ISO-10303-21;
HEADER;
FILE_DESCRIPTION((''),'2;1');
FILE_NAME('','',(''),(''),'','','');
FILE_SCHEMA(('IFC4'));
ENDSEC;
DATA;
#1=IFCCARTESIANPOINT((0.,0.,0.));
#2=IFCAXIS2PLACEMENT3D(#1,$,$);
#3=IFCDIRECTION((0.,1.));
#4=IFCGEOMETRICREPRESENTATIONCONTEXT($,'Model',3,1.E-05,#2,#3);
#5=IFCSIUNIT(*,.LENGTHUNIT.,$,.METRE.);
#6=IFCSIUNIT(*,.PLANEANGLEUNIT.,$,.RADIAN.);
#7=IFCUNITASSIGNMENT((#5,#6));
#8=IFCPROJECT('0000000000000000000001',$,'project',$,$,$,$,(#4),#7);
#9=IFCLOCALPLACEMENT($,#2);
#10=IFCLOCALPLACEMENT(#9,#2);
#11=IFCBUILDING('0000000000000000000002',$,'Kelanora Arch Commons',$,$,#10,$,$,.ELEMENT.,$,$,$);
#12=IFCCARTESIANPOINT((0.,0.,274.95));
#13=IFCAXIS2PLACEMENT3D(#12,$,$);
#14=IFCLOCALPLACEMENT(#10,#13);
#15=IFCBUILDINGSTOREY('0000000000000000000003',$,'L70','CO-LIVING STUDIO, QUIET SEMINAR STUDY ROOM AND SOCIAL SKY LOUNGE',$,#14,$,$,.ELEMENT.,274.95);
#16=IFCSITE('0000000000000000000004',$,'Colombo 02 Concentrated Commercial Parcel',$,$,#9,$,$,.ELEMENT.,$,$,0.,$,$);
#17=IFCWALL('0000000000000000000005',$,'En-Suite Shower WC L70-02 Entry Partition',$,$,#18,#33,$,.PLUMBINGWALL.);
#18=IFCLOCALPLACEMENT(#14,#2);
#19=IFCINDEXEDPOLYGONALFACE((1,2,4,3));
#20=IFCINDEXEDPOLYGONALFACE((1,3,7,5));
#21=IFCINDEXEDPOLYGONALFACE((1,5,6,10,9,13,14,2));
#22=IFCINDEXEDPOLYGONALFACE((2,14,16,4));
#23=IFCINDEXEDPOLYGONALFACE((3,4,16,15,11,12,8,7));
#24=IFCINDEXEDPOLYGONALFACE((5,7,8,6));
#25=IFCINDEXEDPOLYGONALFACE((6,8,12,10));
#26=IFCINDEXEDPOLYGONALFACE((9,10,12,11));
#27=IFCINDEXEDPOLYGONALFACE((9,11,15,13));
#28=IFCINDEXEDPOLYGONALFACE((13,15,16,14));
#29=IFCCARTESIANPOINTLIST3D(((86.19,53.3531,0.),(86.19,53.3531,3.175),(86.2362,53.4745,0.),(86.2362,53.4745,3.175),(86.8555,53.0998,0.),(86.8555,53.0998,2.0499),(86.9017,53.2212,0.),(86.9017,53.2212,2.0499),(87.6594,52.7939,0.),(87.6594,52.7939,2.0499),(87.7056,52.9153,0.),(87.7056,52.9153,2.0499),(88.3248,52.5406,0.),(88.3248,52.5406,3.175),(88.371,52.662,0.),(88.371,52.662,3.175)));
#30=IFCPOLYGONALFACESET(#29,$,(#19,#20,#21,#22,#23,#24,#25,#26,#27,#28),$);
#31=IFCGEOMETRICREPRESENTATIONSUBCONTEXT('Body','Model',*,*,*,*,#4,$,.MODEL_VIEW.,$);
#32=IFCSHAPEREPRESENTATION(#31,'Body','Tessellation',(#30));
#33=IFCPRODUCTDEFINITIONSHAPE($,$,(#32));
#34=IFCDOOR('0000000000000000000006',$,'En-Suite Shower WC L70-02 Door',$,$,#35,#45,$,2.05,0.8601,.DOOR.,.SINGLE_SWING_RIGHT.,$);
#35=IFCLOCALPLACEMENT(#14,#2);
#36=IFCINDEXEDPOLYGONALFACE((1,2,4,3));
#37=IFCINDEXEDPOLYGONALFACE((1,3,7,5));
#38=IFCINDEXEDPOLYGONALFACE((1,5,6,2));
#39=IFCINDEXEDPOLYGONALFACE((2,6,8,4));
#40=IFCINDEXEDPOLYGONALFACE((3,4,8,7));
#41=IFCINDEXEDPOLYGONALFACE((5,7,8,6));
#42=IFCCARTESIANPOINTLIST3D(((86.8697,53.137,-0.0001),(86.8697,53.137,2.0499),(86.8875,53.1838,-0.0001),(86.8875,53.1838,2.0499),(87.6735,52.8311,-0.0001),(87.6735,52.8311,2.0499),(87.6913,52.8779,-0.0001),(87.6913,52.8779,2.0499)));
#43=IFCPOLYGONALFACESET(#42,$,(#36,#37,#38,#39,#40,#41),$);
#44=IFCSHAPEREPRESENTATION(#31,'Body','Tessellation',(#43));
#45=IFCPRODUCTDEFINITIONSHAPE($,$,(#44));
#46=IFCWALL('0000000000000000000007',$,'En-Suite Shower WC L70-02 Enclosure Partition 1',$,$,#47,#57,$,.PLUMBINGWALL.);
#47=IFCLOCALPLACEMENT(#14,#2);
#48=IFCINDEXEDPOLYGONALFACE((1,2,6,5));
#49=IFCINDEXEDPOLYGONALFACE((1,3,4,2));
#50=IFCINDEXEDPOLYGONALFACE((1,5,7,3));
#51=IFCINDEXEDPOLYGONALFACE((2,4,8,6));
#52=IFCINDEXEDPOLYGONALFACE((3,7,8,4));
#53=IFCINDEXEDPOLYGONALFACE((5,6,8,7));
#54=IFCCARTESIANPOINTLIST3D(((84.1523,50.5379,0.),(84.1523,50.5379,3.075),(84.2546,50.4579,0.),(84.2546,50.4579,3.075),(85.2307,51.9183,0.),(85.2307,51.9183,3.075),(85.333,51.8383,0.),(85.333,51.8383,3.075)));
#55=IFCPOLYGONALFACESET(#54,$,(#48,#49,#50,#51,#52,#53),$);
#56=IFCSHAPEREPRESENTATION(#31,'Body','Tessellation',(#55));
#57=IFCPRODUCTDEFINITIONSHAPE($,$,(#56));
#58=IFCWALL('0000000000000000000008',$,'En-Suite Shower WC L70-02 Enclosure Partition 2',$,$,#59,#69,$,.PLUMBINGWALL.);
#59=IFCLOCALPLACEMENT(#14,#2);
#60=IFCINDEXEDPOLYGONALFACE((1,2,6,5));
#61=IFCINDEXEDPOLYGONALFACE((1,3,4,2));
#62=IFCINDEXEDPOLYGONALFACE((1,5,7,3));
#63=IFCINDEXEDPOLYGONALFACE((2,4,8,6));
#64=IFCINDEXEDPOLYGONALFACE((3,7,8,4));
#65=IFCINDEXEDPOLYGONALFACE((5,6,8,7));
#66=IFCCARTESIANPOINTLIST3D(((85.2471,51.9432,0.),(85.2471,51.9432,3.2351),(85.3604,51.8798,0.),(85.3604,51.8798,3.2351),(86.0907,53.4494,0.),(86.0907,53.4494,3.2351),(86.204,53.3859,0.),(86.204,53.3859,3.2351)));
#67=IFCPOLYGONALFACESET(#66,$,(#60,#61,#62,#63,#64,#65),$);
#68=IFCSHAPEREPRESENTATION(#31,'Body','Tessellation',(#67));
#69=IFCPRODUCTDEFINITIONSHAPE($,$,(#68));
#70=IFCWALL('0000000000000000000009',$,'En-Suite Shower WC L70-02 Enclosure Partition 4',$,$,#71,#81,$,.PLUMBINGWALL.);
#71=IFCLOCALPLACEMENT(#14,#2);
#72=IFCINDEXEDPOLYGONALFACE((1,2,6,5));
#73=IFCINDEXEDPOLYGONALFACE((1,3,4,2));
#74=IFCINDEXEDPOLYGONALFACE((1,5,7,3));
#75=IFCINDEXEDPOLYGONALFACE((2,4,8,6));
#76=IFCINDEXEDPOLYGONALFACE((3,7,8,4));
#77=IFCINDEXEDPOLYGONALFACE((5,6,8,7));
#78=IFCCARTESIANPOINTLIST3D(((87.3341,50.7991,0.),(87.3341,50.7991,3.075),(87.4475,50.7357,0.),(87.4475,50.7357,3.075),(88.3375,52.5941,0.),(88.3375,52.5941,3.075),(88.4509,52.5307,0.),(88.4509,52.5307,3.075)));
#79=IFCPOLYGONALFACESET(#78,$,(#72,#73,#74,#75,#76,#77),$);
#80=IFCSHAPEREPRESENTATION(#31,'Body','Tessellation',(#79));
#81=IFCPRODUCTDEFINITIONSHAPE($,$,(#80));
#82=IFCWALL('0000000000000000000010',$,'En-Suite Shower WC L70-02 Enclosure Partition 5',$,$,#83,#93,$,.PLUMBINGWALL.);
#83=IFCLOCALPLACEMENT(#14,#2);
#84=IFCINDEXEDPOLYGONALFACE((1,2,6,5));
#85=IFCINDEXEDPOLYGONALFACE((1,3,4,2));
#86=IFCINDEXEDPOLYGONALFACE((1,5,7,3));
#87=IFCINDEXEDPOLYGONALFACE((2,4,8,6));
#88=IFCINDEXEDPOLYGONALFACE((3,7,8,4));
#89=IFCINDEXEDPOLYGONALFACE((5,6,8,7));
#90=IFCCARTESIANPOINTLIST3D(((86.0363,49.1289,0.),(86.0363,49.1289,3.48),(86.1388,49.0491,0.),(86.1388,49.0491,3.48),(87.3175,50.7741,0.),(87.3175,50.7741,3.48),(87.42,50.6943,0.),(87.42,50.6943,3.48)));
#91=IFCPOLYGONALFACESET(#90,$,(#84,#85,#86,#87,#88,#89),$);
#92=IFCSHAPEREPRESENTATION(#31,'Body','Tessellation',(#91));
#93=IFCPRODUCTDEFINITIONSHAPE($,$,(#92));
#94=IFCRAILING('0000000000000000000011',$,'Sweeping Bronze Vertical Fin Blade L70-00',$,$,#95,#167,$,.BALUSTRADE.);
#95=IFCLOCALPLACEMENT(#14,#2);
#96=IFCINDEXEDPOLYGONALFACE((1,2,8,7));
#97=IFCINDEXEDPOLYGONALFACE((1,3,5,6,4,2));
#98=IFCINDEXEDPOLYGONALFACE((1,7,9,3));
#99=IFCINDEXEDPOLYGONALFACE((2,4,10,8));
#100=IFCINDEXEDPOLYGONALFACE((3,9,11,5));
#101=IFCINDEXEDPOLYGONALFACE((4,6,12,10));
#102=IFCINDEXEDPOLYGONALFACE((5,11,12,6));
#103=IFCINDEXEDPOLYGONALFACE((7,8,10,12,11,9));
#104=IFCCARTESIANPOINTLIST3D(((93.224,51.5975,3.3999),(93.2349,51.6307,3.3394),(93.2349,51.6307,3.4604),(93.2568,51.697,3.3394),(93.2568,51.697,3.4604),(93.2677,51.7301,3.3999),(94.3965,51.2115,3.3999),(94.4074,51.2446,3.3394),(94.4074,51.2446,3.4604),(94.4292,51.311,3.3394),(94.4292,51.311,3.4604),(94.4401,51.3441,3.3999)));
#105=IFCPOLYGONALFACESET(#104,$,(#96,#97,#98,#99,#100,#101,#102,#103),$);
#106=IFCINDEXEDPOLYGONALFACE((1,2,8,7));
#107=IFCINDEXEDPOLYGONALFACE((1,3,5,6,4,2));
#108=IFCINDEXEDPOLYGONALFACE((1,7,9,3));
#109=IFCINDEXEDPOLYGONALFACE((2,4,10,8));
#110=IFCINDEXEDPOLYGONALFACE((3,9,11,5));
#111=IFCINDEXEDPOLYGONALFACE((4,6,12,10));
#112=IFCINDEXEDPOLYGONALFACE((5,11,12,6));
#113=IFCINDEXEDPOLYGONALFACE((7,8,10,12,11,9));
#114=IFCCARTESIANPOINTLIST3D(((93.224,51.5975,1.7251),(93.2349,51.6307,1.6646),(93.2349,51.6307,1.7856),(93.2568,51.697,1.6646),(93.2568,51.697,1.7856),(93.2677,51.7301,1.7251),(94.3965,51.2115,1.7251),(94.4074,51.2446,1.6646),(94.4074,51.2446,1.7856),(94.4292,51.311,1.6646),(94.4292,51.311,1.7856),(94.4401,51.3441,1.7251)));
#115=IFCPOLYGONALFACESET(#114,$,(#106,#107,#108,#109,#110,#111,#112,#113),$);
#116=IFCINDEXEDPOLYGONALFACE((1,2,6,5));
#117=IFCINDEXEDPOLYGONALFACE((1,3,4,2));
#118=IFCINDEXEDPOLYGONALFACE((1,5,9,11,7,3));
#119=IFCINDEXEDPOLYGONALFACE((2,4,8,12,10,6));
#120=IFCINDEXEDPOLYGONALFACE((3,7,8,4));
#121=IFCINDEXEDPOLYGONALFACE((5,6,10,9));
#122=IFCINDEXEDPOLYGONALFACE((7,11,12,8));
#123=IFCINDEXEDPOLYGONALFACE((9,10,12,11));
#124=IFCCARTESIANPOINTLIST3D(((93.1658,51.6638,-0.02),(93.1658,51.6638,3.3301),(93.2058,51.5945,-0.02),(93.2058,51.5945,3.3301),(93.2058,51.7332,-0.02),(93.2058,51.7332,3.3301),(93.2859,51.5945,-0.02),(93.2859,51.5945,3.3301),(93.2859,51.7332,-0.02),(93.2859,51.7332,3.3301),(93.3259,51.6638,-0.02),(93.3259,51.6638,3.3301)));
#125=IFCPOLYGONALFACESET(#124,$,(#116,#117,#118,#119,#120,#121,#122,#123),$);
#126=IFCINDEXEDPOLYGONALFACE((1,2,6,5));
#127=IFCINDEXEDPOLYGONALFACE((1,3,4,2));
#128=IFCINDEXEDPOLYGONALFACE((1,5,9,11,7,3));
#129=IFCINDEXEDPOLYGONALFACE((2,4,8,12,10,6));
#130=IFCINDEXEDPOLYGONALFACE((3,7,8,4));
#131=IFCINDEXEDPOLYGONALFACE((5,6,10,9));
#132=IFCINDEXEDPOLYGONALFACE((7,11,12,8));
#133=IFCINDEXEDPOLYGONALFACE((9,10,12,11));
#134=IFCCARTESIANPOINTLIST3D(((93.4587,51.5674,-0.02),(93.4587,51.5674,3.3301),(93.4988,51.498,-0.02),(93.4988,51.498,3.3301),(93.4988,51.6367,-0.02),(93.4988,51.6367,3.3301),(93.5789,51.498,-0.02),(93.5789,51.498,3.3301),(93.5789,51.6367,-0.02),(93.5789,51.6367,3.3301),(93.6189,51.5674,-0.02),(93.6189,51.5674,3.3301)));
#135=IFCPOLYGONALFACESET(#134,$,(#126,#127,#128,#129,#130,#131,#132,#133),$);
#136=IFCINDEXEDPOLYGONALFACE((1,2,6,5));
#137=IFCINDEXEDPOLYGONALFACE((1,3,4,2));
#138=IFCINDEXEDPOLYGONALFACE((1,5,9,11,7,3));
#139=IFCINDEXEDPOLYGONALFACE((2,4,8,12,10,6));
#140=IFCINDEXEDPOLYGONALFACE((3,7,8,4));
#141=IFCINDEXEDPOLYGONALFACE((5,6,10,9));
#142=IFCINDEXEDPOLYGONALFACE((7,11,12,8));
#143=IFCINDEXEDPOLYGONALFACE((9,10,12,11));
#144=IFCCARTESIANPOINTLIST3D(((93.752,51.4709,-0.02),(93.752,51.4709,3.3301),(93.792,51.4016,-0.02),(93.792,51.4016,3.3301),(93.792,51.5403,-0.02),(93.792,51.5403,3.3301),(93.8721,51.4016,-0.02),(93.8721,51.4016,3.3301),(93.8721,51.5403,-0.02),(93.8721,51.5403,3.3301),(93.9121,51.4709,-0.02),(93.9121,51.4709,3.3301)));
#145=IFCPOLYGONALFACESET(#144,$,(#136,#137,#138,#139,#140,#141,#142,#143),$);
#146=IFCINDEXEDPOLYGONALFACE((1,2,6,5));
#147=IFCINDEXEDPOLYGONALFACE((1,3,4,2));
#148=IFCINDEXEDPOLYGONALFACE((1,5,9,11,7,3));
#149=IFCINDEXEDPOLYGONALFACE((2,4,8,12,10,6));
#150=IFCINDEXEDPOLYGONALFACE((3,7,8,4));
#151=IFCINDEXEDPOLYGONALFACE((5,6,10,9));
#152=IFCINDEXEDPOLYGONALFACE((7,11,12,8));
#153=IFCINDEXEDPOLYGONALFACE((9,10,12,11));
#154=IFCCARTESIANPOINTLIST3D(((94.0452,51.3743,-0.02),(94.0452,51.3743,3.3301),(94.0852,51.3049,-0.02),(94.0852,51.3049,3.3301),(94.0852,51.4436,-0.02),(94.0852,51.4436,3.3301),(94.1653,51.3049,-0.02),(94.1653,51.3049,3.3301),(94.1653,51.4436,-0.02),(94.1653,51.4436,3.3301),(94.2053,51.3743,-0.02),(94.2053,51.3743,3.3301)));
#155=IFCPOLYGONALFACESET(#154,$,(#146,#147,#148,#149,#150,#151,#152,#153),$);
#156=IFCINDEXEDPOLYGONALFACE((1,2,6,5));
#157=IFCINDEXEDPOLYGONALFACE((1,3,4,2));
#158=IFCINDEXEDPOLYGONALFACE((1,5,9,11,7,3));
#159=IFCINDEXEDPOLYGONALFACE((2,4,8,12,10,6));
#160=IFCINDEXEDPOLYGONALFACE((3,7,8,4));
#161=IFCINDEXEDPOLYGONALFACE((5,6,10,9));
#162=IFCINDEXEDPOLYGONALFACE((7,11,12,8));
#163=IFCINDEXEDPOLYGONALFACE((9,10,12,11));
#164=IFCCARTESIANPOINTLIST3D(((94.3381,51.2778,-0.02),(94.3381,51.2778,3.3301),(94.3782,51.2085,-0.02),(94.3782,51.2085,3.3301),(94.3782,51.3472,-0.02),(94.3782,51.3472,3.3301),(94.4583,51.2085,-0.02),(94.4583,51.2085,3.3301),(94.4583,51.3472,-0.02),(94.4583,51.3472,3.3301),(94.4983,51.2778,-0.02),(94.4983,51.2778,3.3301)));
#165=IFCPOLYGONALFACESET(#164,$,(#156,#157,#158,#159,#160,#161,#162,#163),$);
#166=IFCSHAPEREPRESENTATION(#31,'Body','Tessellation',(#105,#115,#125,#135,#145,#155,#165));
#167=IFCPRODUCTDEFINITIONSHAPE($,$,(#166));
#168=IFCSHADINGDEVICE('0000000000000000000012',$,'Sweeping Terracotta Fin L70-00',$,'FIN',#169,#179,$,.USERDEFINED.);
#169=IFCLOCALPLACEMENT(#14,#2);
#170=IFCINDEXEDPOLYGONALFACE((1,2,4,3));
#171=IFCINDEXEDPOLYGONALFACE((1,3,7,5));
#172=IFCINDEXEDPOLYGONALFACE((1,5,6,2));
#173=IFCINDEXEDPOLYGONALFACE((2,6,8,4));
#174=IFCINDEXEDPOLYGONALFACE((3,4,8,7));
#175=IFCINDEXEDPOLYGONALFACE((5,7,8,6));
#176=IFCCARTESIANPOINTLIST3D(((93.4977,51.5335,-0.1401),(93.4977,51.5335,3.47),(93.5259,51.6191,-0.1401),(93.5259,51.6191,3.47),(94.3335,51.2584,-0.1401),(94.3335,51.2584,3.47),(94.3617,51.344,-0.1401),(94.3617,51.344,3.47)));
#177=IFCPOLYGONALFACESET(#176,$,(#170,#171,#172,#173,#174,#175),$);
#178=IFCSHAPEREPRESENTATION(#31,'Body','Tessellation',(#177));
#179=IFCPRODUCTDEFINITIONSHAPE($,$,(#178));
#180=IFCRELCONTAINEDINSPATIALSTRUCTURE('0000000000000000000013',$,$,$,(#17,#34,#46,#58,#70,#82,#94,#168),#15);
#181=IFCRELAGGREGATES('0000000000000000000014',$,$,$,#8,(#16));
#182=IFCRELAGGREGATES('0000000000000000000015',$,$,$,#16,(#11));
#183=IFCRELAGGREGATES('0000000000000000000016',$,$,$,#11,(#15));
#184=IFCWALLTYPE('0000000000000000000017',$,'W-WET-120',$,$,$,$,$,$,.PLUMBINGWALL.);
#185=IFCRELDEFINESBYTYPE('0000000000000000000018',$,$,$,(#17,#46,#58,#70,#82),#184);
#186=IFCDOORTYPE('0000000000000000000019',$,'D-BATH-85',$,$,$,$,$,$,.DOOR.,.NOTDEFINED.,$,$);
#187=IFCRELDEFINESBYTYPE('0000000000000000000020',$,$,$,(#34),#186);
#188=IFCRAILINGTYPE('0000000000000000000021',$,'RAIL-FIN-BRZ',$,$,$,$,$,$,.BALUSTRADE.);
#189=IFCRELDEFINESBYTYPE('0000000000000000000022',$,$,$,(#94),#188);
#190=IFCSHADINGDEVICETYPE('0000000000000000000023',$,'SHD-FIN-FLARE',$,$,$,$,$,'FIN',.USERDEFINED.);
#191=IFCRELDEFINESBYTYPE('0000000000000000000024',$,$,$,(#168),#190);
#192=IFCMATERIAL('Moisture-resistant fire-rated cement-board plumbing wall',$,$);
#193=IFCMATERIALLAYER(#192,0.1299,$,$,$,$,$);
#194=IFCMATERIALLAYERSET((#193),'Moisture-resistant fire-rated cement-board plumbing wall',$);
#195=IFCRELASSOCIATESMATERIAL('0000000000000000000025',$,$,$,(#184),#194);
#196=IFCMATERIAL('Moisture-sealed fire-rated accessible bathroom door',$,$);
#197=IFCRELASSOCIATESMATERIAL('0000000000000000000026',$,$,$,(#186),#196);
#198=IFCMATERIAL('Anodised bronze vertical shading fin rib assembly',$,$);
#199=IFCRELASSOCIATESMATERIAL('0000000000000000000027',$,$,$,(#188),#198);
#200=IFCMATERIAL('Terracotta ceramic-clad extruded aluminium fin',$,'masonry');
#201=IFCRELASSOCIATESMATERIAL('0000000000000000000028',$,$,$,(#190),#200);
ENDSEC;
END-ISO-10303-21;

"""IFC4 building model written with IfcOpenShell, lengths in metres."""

from ifc_helpers import new_model, si_unit, direction, frame, frame_2d, origin, origin_2d, place, context, subcontext, project, spatial, polyline, rectangle, outline, extrude, source, transform, mapped, material, layer, layer_set, type_object, element, fill, save


model = new_model("IFC4")

# Units and contexts
model_context = context("Model", 3, precision=1e-05, world=origin(), true_north=direction((0.0, 1.0)))
body_context = subcontext(model_context, "Body", "Model", "MODEL_VIEW")
ifc_project = project(units=[si_unit("LENGTHUNIT", "METRE"), si_unit("PLANEANGLEUNIT", "RADIAN")], contexts=[model_context])

# Site, building, storey
site_placement = place(None, origin())
site = spatial("IfcSite", under=ifc_project, at=site_placement, Name="Colombo 02 Concentrated Commercial Parcel", CompositionType="ELEMENT", RefElevation=0.0)
building_placement = place(site_placement, origin())
building = spatial("IfcBuilding", under=site, at=building_placement, Name="Kelanora Arch Commons", CompositionType="ELEMENT")
storey_placement = place(building_placement, frame((0.0, 0.0, 274.95)))
storey = spatial("IfcBuildingStorey", under=building, at=storey_placement, Name="L70", Description="CO-LIVING STUDIO, QUIET SEMINAR STUDY ROOM AND SOCIAL SKY LOUNGE", CompositionType="ELEMENT", Elevation=274.95)

# Wall, opening, door
ifc_material_1 = material(Name="Moisture-resistant fire-rated cement-board plumbing wall")
ifc_layer_1 = layer(ifc_material_1, 0.1299)
ifc_layer_set_1 = layer_set([ifc_layer_1], Name="Moisture-resistant fire-rated cement-board plumbing wall")
wall_type_1 = type_object("IfcWallType", Name="W-WET-120", PredefinedType="PLUMBINGWALL", material=ifc_layer_set_1)
wall_1_placement = place(storey_placement, frame((86.2131, 53.4138, 0.0), z_axis=(0.0, 0.0, 1.0), x_axis=(0.934596, -0.355711, 0.0)))
wall_1 = element("IfcWall", 1, at=wall_1_placement, inside=storey, type_object=wall_type_1, Name="En-Suite Shower WC L70-02 Entry Partition", PredefinedType="PLUMBINGWALL", context=body_context, shape_type="SweptSolid", body=[
    extrude(rectangle(XDim=2.2842, YDim=0.1299, at=frame_2d((1.1421, 0.0))), origin(), (0.0, 0.0, 1.0), 3.175),
])
opening_1_placement = place(wall_1_placement, frame((0.7119, 0.0, 0.0)))
opening_1 = element("IfcOpeningElement", 2, at=opening_1_placement, cuts=wall_1, PredefinedType="OPENING", context=body_context, shape_type="SweptSolid", body=[
    extrude(rectangle(XDim=0.8601, YDim=2.05, at=frame_2d((0.4302, 1.0249))), frame((0.0, 0.075, 0.0), z_axis=(0.0, -1.0, 0.0), x_axis=(1.0, 0.0, 0.0)), (0.0, 0.0, 1.0), 0.1499),
])
ifc_material_2 = material(Name="Moisture-sealed fire-rated accessible bathroom door")
door_type_1 = type_object("IfcDoorType", Name="D-BATH-85", OperationType="NOTDEFINED", PredefinedType="DOOR", material=ifc_material_2)
door_1_placement = place(opening_1_placement, origin())
door_1 = element("IfcDoor", 3, at=door_1_placement, inside=storey, type_object=door_type_1, Name="En-Suite Shower WC L70-02 Door", OperationType="SINGLE_SWING_RIGHT", OverallHeight=2.05, OverallWidth=0.8601, PredefinedType="DOOR", context=body_context, shape_type="SweptSolid", body=[
    extrude(rectangle(XDim=0.8601, YDim=2.05, at=frame_2d((0.4302, 1.0249))), frame((0.0, 0.0249, 0.0), z_axis=(0.0, -1.0, 0.0), x_axis=(1.0, 0.0, 0.0)), (0.0, 0.0, 1.0), 0.05),
])
fill(opening_1, door_1)

# Walls
wall_2_placement = place(storey_placement, frame((84.2034, 50.4978, 0.0), z_axis=(0.0, 0.0, 1.0), x_axis=(0.615628, 0.788037, 0.0)))
element("IfcWall", 4, at=wall_2_placement, inside=storey, type_object=wall_type_1, Name="En-Suite Shower WC L70-02 Enclosure Partition 1", PredefinedType="PLUMBINGWALL", context=body_context, shape_type="SweptSolid", body=[
    extrude(rectangle(XDim=1.7517, YDim=0.1299, at=frame_2d((0.876, 0.0))), origin(), (0.0, 0.0, 1.0), 3.075),
])
wall_3_placement = place(storey_placement, frame((85.3037, 51.9114, 0.0), z_axis=(0.0, 0.0, 1.0), x_axis=(0.488642, 0.872484, 0.0)))
element("IfcWall", 5, at=wall_3_placement, inside=storey, type_object=wall_type_1, Name="En-Suite Shower WC L70-02 Enclosure Partition 2", PredefinedType="PLUMBINGWALL", context=body_context, shape_type="SweptSolid", body=[
    extrude(rectangle(XDim=1.7263, YDim=0.1299, at=frame_2d((0.8633, 0.0))), origin(), (0.0, 0.0, 1.0), 3.2351),
])
wall_4_placement = place(storey_placement, frame((88.3943, 52.5625, 0.0), z_axis=(0.0, 0.0, 1.0), x_axis=(-0.48796, -0.872866, 0.0)))
element("IfcWall", 6, at=wall_4_placement, inside=storey, type_object=wall_type_1, Name="En-Suite Shower WC L70-02 Enclosure Partition 4", PredefinedType="PLUMBINGWALL", context=body_context, shape_type="SweptSolid", body=[
    extrude(rectangle(XDim=2.0564, YDim=0.1299, at=frame_2d((1.0283, 0.0))), origin(), (0.0, 0.0, 1.0), 3.075),
])
wall_5_placement = place(storey_placement, frame((87.3687, 50.7341, 0.0), z_axis=(0.0, 0.0, 1.0), x_axis=(-0.614419, -0.78898, 0.0)))
element("IfcWall", 7, at=wall_5_placement, inside=storey, type_object=wall_type_1, Name="En-Suite Shower WC L70-02 Enclosure Partition 5", PredefinedType="PLUMBINGWALL", context=body_context, shape_type="SweptSolid", body=[
    extrude(rectangle(XDim=2.0852, YDim=0.1299, at=frame_2d((1.0425, 0.0))), origin(), (0.0, 0.0, 1.0), 3.48),
])

# Railing
ifc_material_3 = material(Name="Anodised bronze vertical shading fin rib assembly")
railing_type = type_object("IfcRailingType", Name="RAIL-FIN-BRZ", PredefinedType="BALUSTRADE", material=ifc_material_3)
railing_placement = place(storey_placement, frame((93.2458, 51.6638, -0.02)))
element("IfcRailing", 8, at=railing_placement, inside=storey, type_object=railing_type, Name="Sweeping Bronze Vertical Fin Blade L70-00", PredefinedType="BALUSTRADE", context=body_context, shape_type="SweptSolid", body=[
    extrude(outline(polyline([(0.0698, 0.0), (0.0349, 0.0605), (-0.0349, 0.0605), (-0.0698, 0.0), (-0.0349, -0.0605), (0.0349, -0.0605), (0.0698, 0.0)])), frame((0.0, 0.0, 3.4199), z_axis=(0.949844, -0.312725, 0.0), x_axis=(0.312725, 0.949844, 0.0)), (0.0, 0.0, 1.0), 1.2344),
    extrude(outline(polyline([(0.0698, 0.0), (0.0349, 0.0605), (-0.0349, 0.0605), (-0.0698, 0.0), (-0.0349, -0.0605), (0.0349, -0.0605), (0.0698, 0.0)])), frame((0.0, 0.0, 1.7451), z_axis=(0.949844, -0.312725, 0.0), x_axis=(0.312725, 0.949844, 0.0)), (0.0, 0.0, 1.0), 1.2344),
    extrude(outline(polyline([(0.0801, 0.0), (0.04, 0.0693), (-0.04, 0.0693), (-0.0801, 0.0), (-0.04, -0.0693), (0.04, -0.0693), (0.0801, 0.0)])), origin(), (0.0, 0.0, 1.0), 3.3501),
    extrude(outline(polyline([(0.0801, 0.0), (0.04, 0.0693), (-0.04, 0.0693), (-0.0801, 0.0), (-0.04, -0.0693), (0.04, -0.0693), (0.0801, 0.0)])), frame((0.293, -0.0964, 0.0)), (0.0, 0.0, 1.0), 3.3501),
    extrude(outline(polyline([(0.0801, 0.0), (0.04, 0.0693), (-0.04, 0.0693), (-0.0801, 0.0), (-0.04, -0.0693), (0.04, -0.0693), (0.0801, 0.0)])), frame((0.5862, -0.1929, 0.0)), (0.0, 0.0, 1.0), 3.3501),
    extrude(outline(polyline([(0.0801, 0.0), (0.04, 0.0693), (-0.04, 0.0693), (-0.0801, 0.0), (-0.04, -0.0693), (0.04, -0.0693), (0.0801, 0.0)])), frame((0.8794, -0.2896, 0.0)), (0.0, 0.0, 1.0), 3.3501),
    extrude(outline(polyline([(0.0801, 0.0), (0.04, 0.0693), (-0.04, 0.0693), (-0.0801, 0.0), (-0.04, -0.0693), (0.04, -0.0693), (0.0801, 0.0)])), frame((1.1724, -0.386, 0.0)), (0.0, 0.0, 1.0), 3.3501),
])

# Shading device
ifc_material_4 = material(Name="Terracotta ceramic-clad extruded aluminium fin", Category="masonry")
shading_device_type = type_object("IfcShadingDeviceType", Name="SHD-FIN-FLARE", ElementType="FIN", PredefinedType="USERDEFINED", material=ifc_material_4)
shared_shape_1 = source(origin(), body_context, "Body", "SweptSolid", [
    extrude(rectangle(XDim=0.8799, YDim=0.0901, at=origin_2d()), origin(), (0.0, 0.0, 1.0), 3.6101),
])
shading_device_placement = place(storey_placement, frame((93.9297, 51.4387, -0.1401), z_axis=(0.0, 0.0, 1.0), x_axis=(0.949863, -0.312667, 0.0)))
element("IfcShadingDevice", 9, at=shading_device_placement, inside=storey, type_object=shading_device_type, Name="Sweeping Terracotta Fin L70-00", ObjectType="FIN", PredefinedType="USERDEFINED", context=body_context, shape_type="MappedRepresentation", body=[
    mapped(shared_shape_1, transform((0.0, 0.0, 0.0), scale=1.0)),
])

save(model, "model.ifc")
